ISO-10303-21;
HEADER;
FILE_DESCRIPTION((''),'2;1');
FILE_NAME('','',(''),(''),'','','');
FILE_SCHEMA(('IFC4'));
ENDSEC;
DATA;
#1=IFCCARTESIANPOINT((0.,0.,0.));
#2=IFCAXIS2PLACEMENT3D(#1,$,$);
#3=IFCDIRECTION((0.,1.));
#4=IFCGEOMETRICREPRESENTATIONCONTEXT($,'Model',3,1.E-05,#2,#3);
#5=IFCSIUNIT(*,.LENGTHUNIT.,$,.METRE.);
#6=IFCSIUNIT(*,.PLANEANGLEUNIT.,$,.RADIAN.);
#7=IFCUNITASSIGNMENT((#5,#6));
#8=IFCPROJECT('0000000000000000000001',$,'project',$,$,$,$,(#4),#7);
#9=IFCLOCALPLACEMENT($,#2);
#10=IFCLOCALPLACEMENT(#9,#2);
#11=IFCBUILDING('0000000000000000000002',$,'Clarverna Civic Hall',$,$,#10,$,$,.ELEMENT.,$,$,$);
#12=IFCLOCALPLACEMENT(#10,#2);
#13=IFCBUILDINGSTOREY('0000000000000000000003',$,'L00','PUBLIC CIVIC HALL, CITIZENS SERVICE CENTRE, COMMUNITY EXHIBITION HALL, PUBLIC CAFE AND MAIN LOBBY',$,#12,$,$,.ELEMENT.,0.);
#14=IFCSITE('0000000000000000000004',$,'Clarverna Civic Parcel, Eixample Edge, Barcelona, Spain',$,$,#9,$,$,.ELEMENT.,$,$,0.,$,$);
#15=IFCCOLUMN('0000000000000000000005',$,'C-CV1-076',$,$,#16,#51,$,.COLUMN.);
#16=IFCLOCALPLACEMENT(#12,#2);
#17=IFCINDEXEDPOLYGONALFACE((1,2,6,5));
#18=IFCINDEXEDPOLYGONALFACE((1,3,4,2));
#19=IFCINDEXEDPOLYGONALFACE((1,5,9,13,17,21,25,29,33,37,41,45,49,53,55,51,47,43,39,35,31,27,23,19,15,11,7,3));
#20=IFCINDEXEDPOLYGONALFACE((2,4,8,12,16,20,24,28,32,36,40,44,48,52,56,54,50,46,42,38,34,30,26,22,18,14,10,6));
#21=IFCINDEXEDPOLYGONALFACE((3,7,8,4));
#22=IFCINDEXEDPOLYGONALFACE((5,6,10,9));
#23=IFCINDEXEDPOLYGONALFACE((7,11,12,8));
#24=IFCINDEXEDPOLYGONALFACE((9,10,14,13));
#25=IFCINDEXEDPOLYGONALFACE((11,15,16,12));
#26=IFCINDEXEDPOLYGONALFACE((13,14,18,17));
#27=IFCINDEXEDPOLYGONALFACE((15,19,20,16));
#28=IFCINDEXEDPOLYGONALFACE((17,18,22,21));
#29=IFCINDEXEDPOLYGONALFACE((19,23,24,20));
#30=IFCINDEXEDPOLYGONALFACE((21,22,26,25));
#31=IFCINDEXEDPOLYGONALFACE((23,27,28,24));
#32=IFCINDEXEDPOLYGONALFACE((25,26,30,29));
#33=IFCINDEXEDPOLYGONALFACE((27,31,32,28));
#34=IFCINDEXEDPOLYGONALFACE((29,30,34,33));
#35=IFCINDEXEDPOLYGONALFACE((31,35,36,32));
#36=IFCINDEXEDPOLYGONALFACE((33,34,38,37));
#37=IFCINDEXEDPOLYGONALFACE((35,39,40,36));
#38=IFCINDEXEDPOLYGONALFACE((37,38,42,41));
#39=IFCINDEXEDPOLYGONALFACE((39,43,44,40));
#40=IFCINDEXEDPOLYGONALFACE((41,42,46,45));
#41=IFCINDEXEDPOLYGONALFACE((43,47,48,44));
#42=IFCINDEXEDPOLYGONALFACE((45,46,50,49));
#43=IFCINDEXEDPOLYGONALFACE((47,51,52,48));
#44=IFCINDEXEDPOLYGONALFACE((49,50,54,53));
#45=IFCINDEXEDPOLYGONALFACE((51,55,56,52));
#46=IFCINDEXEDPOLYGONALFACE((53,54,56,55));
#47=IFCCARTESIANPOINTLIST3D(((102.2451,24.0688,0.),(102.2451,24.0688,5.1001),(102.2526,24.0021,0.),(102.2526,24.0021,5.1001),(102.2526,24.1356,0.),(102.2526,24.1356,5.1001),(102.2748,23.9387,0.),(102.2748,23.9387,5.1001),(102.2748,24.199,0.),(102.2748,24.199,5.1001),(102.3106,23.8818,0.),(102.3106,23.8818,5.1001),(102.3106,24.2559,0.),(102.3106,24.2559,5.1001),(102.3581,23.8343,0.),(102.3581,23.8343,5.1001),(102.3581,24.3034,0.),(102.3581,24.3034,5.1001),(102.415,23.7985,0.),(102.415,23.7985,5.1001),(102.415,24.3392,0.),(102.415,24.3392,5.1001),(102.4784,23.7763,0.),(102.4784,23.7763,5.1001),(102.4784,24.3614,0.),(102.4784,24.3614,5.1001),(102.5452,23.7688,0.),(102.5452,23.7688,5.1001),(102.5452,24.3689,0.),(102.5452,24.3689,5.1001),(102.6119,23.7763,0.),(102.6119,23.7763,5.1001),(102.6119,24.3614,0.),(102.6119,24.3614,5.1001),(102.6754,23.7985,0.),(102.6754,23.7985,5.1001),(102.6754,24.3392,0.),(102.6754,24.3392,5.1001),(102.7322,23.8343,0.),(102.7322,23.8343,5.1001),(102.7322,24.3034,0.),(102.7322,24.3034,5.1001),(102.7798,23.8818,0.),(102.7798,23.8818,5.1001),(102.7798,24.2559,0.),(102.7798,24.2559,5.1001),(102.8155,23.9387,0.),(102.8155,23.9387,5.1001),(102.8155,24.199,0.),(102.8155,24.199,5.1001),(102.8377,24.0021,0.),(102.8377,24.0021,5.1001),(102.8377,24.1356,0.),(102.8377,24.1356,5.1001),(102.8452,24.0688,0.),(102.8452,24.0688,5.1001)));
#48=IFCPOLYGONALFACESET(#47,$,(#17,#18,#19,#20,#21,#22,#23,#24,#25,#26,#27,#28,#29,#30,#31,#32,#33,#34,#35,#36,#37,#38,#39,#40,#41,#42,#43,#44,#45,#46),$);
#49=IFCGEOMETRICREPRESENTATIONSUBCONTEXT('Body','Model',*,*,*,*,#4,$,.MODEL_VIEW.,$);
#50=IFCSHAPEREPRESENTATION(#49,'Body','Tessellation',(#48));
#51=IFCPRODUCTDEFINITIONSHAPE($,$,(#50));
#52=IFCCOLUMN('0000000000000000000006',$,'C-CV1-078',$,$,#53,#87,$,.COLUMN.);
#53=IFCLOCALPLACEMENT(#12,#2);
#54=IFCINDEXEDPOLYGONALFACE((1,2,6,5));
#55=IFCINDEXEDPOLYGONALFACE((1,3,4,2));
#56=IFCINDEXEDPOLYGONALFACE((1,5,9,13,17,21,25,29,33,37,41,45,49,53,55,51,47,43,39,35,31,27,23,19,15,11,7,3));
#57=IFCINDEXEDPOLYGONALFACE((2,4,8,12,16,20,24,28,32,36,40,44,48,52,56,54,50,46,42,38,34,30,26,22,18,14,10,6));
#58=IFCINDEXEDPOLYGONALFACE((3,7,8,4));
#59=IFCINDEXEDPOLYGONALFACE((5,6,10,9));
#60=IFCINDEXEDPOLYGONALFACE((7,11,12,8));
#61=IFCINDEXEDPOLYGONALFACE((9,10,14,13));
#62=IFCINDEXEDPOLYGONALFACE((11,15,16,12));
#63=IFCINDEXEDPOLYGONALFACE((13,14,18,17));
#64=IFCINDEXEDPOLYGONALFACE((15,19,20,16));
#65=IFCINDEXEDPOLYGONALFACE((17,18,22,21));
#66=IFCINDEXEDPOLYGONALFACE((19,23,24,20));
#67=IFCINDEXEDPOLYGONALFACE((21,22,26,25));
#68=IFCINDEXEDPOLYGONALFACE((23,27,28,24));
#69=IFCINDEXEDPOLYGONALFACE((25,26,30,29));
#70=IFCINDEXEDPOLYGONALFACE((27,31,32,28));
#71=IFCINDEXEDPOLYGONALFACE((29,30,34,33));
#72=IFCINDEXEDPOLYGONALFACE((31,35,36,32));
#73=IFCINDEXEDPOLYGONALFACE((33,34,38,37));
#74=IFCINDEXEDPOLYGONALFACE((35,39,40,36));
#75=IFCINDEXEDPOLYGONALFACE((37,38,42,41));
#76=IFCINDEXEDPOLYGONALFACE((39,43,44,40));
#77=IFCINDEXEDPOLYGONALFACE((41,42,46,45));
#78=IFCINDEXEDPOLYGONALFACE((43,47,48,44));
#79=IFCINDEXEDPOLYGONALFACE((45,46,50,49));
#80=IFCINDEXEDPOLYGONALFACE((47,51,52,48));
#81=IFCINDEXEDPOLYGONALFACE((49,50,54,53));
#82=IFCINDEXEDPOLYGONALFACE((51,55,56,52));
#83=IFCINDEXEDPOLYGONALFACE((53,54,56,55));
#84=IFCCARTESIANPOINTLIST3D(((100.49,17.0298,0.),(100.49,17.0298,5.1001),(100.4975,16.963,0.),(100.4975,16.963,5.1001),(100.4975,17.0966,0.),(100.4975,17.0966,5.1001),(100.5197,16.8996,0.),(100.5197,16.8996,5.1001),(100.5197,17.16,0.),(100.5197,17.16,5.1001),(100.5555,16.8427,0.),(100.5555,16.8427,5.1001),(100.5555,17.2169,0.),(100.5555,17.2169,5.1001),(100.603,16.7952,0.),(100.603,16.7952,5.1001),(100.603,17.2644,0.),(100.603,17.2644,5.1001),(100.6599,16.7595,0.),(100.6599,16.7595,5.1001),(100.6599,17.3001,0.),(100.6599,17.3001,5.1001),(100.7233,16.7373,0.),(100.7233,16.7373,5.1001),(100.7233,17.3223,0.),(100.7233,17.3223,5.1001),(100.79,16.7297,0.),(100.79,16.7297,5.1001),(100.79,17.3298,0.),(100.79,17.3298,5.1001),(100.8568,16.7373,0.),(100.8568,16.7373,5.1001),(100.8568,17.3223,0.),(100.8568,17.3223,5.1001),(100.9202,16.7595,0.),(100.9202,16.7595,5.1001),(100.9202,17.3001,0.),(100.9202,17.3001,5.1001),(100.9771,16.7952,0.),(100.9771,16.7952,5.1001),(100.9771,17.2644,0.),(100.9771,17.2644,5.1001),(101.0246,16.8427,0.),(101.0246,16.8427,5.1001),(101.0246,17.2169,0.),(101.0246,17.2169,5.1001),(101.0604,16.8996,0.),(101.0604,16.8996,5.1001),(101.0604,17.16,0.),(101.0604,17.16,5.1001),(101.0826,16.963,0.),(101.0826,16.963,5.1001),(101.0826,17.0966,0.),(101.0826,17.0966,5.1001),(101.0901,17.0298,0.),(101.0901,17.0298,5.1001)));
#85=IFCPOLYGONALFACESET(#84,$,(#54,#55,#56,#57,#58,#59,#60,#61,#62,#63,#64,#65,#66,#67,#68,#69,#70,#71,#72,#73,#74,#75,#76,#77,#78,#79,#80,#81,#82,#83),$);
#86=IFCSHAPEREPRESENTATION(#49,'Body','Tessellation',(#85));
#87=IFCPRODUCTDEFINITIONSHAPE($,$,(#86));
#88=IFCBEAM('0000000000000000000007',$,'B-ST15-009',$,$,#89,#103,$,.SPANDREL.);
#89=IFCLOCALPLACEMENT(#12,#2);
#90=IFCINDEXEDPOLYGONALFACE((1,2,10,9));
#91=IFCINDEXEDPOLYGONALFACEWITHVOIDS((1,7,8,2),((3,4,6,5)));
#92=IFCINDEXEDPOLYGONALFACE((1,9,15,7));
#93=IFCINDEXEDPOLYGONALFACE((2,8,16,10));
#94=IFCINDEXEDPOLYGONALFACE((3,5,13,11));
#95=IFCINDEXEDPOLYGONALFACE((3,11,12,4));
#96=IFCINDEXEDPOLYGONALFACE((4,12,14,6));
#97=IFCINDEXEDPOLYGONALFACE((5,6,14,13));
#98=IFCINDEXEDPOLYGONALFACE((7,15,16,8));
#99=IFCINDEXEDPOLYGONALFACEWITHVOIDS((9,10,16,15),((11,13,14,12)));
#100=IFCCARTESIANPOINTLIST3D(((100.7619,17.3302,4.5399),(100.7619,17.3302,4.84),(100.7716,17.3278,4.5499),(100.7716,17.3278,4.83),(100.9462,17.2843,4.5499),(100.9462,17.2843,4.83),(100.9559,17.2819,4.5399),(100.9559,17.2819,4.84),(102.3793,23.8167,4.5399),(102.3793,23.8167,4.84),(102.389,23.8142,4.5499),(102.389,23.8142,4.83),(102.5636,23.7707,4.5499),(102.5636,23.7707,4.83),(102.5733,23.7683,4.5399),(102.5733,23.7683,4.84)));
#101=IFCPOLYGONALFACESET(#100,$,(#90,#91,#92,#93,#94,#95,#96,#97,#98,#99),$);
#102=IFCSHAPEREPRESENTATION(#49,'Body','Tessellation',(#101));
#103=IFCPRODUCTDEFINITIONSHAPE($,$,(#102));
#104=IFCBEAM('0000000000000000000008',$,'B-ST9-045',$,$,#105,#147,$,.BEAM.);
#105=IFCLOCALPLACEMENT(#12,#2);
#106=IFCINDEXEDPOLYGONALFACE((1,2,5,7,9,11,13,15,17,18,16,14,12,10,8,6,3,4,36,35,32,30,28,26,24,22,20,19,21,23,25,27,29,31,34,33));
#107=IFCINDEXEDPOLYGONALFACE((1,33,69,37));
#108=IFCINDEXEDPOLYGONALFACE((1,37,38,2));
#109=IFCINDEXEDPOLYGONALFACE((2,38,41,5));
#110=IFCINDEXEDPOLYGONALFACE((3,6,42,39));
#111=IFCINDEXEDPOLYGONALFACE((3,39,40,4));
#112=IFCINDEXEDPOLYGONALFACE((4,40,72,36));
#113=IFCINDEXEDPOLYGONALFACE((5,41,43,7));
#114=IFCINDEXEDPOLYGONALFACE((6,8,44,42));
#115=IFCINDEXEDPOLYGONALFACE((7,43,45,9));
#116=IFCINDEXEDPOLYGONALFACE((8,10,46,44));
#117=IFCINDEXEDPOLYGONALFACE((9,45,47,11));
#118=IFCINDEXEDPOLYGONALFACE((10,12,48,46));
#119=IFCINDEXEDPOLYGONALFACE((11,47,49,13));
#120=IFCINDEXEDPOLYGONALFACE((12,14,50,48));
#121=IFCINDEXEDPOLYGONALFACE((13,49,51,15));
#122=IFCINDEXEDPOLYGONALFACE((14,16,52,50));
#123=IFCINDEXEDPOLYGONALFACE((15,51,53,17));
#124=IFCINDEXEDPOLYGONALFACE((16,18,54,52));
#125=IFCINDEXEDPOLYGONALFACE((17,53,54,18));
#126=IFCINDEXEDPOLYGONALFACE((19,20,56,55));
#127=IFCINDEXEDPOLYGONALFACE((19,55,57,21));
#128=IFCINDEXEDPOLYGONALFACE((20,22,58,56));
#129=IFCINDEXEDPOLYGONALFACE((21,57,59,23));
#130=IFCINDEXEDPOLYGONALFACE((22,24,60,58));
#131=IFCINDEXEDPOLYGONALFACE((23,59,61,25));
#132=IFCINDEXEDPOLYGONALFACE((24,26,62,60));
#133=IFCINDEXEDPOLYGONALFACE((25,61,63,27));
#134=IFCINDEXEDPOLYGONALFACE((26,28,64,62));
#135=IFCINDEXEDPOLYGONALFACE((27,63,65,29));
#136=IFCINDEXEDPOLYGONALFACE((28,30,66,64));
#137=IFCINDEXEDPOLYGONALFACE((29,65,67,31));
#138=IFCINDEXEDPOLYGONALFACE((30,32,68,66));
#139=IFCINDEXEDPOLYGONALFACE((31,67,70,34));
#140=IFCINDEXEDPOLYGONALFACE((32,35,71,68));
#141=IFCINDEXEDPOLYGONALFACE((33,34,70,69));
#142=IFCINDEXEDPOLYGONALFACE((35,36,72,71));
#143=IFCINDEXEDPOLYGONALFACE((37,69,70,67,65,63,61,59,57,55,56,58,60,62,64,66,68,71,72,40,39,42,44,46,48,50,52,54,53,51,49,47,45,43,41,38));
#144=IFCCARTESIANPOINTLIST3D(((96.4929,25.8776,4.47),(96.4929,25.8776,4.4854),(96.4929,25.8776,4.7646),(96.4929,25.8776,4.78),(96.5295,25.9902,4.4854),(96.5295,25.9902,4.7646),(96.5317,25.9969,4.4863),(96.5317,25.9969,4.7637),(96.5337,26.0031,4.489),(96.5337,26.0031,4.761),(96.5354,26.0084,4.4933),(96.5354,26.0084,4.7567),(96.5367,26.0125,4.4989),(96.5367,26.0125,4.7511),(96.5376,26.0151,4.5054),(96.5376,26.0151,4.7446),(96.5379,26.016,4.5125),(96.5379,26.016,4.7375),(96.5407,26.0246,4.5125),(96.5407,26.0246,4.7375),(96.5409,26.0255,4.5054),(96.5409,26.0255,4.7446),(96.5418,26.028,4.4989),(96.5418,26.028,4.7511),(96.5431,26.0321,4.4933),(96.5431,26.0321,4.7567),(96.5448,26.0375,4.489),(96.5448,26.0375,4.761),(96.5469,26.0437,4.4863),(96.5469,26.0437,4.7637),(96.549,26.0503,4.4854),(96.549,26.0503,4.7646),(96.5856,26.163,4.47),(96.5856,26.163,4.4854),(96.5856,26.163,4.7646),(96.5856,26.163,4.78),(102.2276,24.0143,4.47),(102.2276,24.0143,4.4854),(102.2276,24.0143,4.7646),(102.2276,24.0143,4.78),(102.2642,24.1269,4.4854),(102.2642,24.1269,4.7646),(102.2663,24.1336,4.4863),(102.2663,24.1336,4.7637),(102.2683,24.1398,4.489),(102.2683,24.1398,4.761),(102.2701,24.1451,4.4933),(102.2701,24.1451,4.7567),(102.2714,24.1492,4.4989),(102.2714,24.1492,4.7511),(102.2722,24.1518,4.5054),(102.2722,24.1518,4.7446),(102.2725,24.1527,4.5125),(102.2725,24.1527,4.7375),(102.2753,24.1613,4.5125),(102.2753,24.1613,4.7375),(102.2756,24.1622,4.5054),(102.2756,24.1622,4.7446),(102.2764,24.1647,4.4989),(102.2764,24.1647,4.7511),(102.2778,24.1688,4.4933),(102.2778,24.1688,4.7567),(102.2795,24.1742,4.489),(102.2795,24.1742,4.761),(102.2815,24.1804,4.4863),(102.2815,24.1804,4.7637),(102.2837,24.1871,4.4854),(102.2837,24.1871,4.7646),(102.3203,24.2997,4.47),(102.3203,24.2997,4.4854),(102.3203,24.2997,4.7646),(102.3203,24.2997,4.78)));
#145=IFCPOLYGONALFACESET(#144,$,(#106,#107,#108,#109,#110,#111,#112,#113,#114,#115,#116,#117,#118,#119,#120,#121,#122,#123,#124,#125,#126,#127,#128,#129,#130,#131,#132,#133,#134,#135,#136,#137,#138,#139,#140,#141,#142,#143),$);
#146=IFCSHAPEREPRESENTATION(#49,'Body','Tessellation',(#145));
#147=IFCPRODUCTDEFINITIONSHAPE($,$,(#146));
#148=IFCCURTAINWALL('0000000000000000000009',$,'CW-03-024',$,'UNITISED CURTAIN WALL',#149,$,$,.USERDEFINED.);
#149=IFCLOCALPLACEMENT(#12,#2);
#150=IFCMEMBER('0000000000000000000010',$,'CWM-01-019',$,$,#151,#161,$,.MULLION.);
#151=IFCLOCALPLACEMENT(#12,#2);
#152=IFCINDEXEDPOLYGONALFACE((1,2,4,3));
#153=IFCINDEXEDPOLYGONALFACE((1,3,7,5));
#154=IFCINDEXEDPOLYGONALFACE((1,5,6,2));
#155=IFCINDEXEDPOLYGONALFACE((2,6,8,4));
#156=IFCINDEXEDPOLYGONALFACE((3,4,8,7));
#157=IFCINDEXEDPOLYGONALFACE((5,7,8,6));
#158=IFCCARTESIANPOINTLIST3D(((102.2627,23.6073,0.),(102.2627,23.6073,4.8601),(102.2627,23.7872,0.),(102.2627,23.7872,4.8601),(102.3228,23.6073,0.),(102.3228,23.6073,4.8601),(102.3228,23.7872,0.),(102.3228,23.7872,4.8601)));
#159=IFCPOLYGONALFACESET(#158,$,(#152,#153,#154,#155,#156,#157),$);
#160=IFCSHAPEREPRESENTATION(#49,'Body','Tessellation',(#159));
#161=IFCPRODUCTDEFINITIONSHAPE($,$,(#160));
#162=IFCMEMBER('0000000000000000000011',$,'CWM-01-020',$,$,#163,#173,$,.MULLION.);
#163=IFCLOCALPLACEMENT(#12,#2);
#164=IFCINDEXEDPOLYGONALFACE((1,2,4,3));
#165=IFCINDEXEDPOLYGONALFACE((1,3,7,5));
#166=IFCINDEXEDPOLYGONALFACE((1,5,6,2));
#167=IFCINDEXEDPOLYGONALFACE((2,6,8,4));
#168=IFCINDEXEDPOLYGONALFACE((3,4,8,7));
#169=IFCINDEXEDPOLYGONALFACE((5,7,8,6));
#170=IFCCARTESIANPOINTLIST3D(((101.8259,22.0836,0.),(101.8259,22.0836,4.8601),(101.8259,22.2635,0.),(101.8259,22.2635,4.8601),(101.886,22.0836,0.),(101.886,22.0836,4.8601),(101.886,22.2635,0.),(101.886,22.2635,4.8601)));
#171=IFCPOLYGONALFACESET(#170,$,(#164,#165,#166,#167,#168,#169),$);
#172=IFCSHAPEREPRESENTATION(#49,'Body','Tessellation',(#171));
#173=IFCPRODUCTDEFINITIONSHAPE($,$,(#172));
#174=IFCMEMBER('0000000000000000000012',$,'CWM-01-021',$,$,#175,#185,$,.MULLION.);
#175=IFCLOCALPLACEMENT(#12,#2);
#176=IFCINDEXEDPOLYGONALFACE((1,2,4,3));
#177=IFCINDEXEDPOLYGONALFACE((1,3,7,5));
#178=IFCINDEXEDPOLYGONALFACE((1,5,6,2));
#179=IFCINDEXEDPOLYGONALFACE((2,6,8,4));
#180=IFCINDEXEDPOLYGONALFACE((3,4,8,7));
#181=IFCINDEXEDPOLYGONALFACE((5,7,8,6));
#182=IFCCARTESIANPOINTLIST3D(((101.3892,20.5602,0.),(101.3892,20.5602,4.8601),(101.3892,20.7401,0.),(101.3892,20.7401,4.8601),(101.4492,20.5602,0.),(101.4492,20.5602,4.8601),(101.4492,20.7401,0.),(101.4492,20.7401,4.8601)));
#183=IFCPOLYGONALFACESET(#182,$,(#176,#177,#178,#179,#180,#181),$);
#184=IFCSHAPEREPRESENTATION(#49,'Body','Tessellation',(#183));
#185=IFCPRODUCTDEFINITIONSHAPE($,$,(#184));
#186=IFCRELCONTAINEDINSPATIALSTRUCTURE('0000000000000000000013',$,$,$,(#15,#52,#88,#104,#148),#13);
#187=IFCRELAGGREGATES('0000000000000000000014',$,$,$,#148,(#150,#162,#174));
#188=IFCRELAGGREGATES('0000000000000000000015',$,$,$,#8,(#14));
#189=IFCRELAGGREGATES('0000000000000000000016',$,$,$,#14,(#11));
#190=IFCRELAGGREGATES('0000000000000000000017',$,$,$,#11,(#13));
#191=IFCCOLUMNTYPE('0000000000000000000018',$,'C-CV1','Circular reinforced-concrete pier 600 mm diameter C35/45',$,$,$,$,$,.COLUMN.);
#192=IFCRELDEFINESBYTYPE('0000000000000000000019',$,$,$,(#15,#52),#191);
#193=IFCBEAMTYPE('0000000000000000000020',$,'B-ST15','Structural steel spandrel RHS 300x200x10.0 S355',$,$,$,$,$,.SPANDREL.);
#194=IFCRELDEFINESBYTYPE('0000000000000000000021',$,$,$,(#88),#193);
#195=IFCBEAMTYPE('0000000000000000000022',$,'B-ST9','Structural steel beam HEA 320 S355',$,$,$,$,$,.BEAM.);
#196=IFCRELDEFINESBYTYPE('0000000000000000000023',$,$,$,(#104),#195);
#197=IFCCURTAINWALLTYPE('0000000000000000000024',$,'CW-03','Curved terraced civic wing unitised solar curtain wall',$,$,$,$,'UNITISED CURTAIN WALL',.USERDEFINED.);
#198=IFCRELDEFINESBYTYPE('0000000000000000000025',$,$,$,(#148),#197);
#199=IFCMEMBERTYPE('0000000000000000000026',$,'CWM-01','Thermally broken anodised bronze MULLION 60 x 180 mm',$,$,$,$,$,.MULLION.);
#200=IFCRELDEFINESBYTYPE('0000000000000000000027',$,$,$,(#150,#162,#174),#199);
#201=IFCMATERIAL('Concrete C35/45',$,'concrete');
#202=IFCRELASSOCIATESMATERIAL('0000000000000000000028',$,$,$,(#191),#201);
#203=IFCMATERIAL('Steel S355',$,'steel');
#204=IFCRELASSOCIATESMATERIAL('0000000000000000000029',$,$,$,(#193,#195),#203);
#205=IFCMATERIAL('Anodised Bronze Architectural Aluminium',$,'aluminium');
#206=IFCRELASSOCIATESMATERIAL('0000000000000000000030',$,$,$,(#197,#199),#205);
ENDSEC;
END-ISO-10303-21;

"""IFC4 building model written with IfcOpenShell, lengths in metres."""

from ifc_helpers import new_model, si_unit, direction, frame, origin, origin_2d, place, context, subcontext, project, spatial, rectangle, hollow_rectangle, circle, i_section, extrude, material, material_profile, profile_set, type_object, element, aggregate, save


model = new_model("IFC4")

# Units and contexts
model_context = context("Model", 3, precision=1e-05, world=origin(), true_north=direction((0.0, 1.0)))
body_context = subcontext(model_context, "Body", "Model", "MODEL_VIEW")
ifc_project = project(units=[si_unit("LENGTHUNIT", "METRE"), si_unit("PLANEANGLEUNIT", "RADIAN")], contexts=[model_context])

# Site, building, storey
site_placement = place(None, origin())
site = spatial("IfcSite", under=ifc_project, at=site_placement, Name="Clarverna Civic Parcel, Eixample Edge, Barcelona, Spain", CompositionType="ELEMENT", RefElevation=0.0)
building_placement = place(site_placement, origin())
building = spatial("IfcBuilding", under=site, at=building_placement, Name="Clarverna Civic Hall", CompositionType="ELEMENT")
storey_placement = place(building_placement, origin())
storey = spatial("IfcBuildingStorey", under=building, at=storey_placement, Name="L00", Description="PUBLIC CIVIC HALL, CITIZENS SERVICE CENTRE, COMMUNITY EXHIBITION HALL, PUBLIC CAFE AND MAIN LOBBY", CompositionType="ELEMENT", Elevation=0.0)

# Columns
ifc_material_1 = material(Name="Concrete C35/45", Category="concrete")
ifc_material_profile_1 = material_profile(ifc_material_1, circle(Radius=0.3, at=origin_2d()), Name="RC D600")
ifc_profile_set_1 = profile_set([ifc_material_profile_1], Name="Concrete C35/45")
column_type = type_object("IfcColumnType", Name="C-CV1", Description="Circular reinforced-concrete pier 600 mm diameter C35/45", PredefinedType="COLUMN", material=ifc_profile_set_1)
for number, where, z_axis, x_axis, name in (
    (1, (102.5452, 24.0688, 0.0), (0.0, 0.0, 1.0), (1.0, 0.0, 0.0), "C-CV1-076"),
    (2, (100.79, 17.0298, 0.0), (0.0, 0.0, 1.0), (1.0, 0.0, 0.0), "C-CV1-078"),
):
    element("IfcColumn", number, at=place(storey_placement, frame(where, z_axis=z_axis, x_axis=x_axis)), inside=storey, type_object=column_type, Name=name, PredefinedType="COLUMN", context=body_context, shape_type="SweptSolid", body=[
        extrude(circle(Radius=0.3, at=origin_2d()), origin(), (0.0, 0.0, 1.0), 5.1001),
    ])

# Beams
ifc_material_2 = material(Name="Steel S355", Category="steel")
ifc_material_profile_2 = material_profile(ifc_material_2, hollow_rectangle(XDim=0.2, YDim=0.3, WallThickness=0.01, at=origin_2d()), Name="RHS 300x200x10.0")
ifc_profile_set_2 = profile_set([ifc_material_profile_2], Name="Steel S355")
beam_type_1 = type_object("IfcBeamType", Name="B-ST15", Description="Structural steel spandrel RHS 300x200x10.0 S355", PredefinedType="SPANDREL", material=ifc_profile_set_2)
beam_1_placement = place(storey_placement, frame((102.4763, 23.7925, 4.6899), z_axis=(-0.241951, -0.970288, 0.0), x_axis=(0.970288, -0.241951, 0.0)))
element("IfcBeam", 3, at=beam_1_placement, inside=storey, type_object=beam_type_1, Name="B-ST15-009", PredefinedType="SPANDREL", context=body_context, shape_type="SweptSolid", body=[
    extrude(hollow_rectangle(XDim=0.2, YDim=0.3, WallThickness=0.01, at=origin_2d()), origin(), (0.0, 0.0, 1.0), 6.6851),
])
ifc_material_profile_3 = material_profile(ifc_material_2, i_section(OverallWidth=0.3, OverallDepth=0.3101, WebThickness=0.009, FlangeThickness=0.0154, FilletRadius=0.0271, at=origin_2d()), Name="HEA 320")
ifc_profile_set_3 = profile_set([ifc_material_profile_3], Name="Steel S355")
beam_type_2 = type_object("IfcBeamType", Name="B-ST9", Description="Structural steel beam HEA 320 S355", PredefinedType="BEAM", material=ifc_profile_set_3)
beam_2_placement = place(storey_placement, frame((102.2739, 24.157, 4.625), z_axis=(-0.951057, 0.309016, 0.0), x_axis=(-0.309016, -0.951057, 0.0)))
element("IfcBeam", 4, at=beam_2_placement, inside=storey, type_object=beam_type_2, Name="B-ST9-045", PredefinedType="BEAM", context=body_context, shape_type="SweptSolid", body=[
    extrude(i_section(OverallWidth=0.3, OverallDepth=0.3101, WebThickness=0.009, FlangeThickness=0.0154, FilletRadius=0.0271, at=origin_2d()), origin(), (0.0, 0.0, 1.0), 6.0298),
])

# Curtain wall, members
ifc_material_3 = material(Name="Anodised Bronze Architectural Aluminium", Category="aluminium")
curtain_wall_type = type_object("IfcCurtainWallType", Name="CW-03", Description="Curved terraced civic wing unitised solar curtain wall", ElementType="UNITISED CURTAIN WALL", PredefinedType="USERDEFINED", material=ifc_material_3)
curtain_wall_1_placement = place(storey_placement, origin())
curtain_wall_1 = element("IfcCurtainWall", 5, at=curtain_wall_1_placement, inside=storey, type_object=curtain_wall_type, Name="CW-03-024", ObjectType="UNITISED CURTAIN WALL", PredefinedType="USERDEFINED")
ifc_material_profile_4 = material_profile(ifc_material_3, rectangle(XDim=0.0601, YDim=0.1799, at=origin_2d()), Name="BRONZE 60x180")
ifc_profile_set_4 = profile_set([ifc_material_profile_4], Name="Anodised Bronze Architectural Aluminium")
member_type_1 = type_object("IfcMemberType", Name="CWM-01", Description="Thermally broken anodised bronze MULLION 60 x 180 mm", PredefinedType="MULLION", material=ifc_profile_set_4)
member_1_placement = place(storey_placement, frame((102.2927, 23.6973, 0.0), z_axis=(0.0, 0.0, 1.0), x_axis=(1.0, 0.0, 0.0)))
member_1 = element("IfcMember", 6, at=member_1_placement, type_object=member_type_1, Name="CWM-01-019", PredefinedType="MULLION", context=body_context, shape_type="SweptSolid", body=[
    extrude(rectangle(XDim=0.0601, YDim=0.1799, at=origin_2d()), origin(), (0.0, 0.0, 1.0), 4.8601),
])
member_2_placement = place(storey_placement, frame((101.856, 22.1736, 0.0), z_axis=(0.0, 0.0, 1.0), x_axis=(1.0, 0.0, 0.0)))
member_2 = element("IfcMember", 7, at=member_2_placement, type_object=member_type_1, Name="CWM-01-020", PredefinedType="MULLION", context=body_context, shape_type="SweptSolid", body=[
    extrude(rectangle(XDim=0.0601, YDim=0.1799, at=origin_2d()), origin(), (0.0, 0.0, 1.0), 4.8601),
])
member_3_placement = place(storey_placement, frame((101.4192, 20.6501, 0.0), z_axis=(0.0, 0.0, 1.0), x_axis=(1.0, 0.0, 0.0)))
member_3 = element("IfcMember", 8, at=member_3_placement, type_object=member_type_1, Name="CWM-01-021", PredefinedType="MULLION", context=body_context, shape_type="SweptSolid", body=[
    extrude(rectangle(XDim=0.0601, YDim=0.1799, at=origin_2d()), origin(), (0.0, 0.0, 1.0), 4.8601),
])

aggregate(curtain_wall_1, [member_1, member_2, member_3])

save(model, "model.ifc")
